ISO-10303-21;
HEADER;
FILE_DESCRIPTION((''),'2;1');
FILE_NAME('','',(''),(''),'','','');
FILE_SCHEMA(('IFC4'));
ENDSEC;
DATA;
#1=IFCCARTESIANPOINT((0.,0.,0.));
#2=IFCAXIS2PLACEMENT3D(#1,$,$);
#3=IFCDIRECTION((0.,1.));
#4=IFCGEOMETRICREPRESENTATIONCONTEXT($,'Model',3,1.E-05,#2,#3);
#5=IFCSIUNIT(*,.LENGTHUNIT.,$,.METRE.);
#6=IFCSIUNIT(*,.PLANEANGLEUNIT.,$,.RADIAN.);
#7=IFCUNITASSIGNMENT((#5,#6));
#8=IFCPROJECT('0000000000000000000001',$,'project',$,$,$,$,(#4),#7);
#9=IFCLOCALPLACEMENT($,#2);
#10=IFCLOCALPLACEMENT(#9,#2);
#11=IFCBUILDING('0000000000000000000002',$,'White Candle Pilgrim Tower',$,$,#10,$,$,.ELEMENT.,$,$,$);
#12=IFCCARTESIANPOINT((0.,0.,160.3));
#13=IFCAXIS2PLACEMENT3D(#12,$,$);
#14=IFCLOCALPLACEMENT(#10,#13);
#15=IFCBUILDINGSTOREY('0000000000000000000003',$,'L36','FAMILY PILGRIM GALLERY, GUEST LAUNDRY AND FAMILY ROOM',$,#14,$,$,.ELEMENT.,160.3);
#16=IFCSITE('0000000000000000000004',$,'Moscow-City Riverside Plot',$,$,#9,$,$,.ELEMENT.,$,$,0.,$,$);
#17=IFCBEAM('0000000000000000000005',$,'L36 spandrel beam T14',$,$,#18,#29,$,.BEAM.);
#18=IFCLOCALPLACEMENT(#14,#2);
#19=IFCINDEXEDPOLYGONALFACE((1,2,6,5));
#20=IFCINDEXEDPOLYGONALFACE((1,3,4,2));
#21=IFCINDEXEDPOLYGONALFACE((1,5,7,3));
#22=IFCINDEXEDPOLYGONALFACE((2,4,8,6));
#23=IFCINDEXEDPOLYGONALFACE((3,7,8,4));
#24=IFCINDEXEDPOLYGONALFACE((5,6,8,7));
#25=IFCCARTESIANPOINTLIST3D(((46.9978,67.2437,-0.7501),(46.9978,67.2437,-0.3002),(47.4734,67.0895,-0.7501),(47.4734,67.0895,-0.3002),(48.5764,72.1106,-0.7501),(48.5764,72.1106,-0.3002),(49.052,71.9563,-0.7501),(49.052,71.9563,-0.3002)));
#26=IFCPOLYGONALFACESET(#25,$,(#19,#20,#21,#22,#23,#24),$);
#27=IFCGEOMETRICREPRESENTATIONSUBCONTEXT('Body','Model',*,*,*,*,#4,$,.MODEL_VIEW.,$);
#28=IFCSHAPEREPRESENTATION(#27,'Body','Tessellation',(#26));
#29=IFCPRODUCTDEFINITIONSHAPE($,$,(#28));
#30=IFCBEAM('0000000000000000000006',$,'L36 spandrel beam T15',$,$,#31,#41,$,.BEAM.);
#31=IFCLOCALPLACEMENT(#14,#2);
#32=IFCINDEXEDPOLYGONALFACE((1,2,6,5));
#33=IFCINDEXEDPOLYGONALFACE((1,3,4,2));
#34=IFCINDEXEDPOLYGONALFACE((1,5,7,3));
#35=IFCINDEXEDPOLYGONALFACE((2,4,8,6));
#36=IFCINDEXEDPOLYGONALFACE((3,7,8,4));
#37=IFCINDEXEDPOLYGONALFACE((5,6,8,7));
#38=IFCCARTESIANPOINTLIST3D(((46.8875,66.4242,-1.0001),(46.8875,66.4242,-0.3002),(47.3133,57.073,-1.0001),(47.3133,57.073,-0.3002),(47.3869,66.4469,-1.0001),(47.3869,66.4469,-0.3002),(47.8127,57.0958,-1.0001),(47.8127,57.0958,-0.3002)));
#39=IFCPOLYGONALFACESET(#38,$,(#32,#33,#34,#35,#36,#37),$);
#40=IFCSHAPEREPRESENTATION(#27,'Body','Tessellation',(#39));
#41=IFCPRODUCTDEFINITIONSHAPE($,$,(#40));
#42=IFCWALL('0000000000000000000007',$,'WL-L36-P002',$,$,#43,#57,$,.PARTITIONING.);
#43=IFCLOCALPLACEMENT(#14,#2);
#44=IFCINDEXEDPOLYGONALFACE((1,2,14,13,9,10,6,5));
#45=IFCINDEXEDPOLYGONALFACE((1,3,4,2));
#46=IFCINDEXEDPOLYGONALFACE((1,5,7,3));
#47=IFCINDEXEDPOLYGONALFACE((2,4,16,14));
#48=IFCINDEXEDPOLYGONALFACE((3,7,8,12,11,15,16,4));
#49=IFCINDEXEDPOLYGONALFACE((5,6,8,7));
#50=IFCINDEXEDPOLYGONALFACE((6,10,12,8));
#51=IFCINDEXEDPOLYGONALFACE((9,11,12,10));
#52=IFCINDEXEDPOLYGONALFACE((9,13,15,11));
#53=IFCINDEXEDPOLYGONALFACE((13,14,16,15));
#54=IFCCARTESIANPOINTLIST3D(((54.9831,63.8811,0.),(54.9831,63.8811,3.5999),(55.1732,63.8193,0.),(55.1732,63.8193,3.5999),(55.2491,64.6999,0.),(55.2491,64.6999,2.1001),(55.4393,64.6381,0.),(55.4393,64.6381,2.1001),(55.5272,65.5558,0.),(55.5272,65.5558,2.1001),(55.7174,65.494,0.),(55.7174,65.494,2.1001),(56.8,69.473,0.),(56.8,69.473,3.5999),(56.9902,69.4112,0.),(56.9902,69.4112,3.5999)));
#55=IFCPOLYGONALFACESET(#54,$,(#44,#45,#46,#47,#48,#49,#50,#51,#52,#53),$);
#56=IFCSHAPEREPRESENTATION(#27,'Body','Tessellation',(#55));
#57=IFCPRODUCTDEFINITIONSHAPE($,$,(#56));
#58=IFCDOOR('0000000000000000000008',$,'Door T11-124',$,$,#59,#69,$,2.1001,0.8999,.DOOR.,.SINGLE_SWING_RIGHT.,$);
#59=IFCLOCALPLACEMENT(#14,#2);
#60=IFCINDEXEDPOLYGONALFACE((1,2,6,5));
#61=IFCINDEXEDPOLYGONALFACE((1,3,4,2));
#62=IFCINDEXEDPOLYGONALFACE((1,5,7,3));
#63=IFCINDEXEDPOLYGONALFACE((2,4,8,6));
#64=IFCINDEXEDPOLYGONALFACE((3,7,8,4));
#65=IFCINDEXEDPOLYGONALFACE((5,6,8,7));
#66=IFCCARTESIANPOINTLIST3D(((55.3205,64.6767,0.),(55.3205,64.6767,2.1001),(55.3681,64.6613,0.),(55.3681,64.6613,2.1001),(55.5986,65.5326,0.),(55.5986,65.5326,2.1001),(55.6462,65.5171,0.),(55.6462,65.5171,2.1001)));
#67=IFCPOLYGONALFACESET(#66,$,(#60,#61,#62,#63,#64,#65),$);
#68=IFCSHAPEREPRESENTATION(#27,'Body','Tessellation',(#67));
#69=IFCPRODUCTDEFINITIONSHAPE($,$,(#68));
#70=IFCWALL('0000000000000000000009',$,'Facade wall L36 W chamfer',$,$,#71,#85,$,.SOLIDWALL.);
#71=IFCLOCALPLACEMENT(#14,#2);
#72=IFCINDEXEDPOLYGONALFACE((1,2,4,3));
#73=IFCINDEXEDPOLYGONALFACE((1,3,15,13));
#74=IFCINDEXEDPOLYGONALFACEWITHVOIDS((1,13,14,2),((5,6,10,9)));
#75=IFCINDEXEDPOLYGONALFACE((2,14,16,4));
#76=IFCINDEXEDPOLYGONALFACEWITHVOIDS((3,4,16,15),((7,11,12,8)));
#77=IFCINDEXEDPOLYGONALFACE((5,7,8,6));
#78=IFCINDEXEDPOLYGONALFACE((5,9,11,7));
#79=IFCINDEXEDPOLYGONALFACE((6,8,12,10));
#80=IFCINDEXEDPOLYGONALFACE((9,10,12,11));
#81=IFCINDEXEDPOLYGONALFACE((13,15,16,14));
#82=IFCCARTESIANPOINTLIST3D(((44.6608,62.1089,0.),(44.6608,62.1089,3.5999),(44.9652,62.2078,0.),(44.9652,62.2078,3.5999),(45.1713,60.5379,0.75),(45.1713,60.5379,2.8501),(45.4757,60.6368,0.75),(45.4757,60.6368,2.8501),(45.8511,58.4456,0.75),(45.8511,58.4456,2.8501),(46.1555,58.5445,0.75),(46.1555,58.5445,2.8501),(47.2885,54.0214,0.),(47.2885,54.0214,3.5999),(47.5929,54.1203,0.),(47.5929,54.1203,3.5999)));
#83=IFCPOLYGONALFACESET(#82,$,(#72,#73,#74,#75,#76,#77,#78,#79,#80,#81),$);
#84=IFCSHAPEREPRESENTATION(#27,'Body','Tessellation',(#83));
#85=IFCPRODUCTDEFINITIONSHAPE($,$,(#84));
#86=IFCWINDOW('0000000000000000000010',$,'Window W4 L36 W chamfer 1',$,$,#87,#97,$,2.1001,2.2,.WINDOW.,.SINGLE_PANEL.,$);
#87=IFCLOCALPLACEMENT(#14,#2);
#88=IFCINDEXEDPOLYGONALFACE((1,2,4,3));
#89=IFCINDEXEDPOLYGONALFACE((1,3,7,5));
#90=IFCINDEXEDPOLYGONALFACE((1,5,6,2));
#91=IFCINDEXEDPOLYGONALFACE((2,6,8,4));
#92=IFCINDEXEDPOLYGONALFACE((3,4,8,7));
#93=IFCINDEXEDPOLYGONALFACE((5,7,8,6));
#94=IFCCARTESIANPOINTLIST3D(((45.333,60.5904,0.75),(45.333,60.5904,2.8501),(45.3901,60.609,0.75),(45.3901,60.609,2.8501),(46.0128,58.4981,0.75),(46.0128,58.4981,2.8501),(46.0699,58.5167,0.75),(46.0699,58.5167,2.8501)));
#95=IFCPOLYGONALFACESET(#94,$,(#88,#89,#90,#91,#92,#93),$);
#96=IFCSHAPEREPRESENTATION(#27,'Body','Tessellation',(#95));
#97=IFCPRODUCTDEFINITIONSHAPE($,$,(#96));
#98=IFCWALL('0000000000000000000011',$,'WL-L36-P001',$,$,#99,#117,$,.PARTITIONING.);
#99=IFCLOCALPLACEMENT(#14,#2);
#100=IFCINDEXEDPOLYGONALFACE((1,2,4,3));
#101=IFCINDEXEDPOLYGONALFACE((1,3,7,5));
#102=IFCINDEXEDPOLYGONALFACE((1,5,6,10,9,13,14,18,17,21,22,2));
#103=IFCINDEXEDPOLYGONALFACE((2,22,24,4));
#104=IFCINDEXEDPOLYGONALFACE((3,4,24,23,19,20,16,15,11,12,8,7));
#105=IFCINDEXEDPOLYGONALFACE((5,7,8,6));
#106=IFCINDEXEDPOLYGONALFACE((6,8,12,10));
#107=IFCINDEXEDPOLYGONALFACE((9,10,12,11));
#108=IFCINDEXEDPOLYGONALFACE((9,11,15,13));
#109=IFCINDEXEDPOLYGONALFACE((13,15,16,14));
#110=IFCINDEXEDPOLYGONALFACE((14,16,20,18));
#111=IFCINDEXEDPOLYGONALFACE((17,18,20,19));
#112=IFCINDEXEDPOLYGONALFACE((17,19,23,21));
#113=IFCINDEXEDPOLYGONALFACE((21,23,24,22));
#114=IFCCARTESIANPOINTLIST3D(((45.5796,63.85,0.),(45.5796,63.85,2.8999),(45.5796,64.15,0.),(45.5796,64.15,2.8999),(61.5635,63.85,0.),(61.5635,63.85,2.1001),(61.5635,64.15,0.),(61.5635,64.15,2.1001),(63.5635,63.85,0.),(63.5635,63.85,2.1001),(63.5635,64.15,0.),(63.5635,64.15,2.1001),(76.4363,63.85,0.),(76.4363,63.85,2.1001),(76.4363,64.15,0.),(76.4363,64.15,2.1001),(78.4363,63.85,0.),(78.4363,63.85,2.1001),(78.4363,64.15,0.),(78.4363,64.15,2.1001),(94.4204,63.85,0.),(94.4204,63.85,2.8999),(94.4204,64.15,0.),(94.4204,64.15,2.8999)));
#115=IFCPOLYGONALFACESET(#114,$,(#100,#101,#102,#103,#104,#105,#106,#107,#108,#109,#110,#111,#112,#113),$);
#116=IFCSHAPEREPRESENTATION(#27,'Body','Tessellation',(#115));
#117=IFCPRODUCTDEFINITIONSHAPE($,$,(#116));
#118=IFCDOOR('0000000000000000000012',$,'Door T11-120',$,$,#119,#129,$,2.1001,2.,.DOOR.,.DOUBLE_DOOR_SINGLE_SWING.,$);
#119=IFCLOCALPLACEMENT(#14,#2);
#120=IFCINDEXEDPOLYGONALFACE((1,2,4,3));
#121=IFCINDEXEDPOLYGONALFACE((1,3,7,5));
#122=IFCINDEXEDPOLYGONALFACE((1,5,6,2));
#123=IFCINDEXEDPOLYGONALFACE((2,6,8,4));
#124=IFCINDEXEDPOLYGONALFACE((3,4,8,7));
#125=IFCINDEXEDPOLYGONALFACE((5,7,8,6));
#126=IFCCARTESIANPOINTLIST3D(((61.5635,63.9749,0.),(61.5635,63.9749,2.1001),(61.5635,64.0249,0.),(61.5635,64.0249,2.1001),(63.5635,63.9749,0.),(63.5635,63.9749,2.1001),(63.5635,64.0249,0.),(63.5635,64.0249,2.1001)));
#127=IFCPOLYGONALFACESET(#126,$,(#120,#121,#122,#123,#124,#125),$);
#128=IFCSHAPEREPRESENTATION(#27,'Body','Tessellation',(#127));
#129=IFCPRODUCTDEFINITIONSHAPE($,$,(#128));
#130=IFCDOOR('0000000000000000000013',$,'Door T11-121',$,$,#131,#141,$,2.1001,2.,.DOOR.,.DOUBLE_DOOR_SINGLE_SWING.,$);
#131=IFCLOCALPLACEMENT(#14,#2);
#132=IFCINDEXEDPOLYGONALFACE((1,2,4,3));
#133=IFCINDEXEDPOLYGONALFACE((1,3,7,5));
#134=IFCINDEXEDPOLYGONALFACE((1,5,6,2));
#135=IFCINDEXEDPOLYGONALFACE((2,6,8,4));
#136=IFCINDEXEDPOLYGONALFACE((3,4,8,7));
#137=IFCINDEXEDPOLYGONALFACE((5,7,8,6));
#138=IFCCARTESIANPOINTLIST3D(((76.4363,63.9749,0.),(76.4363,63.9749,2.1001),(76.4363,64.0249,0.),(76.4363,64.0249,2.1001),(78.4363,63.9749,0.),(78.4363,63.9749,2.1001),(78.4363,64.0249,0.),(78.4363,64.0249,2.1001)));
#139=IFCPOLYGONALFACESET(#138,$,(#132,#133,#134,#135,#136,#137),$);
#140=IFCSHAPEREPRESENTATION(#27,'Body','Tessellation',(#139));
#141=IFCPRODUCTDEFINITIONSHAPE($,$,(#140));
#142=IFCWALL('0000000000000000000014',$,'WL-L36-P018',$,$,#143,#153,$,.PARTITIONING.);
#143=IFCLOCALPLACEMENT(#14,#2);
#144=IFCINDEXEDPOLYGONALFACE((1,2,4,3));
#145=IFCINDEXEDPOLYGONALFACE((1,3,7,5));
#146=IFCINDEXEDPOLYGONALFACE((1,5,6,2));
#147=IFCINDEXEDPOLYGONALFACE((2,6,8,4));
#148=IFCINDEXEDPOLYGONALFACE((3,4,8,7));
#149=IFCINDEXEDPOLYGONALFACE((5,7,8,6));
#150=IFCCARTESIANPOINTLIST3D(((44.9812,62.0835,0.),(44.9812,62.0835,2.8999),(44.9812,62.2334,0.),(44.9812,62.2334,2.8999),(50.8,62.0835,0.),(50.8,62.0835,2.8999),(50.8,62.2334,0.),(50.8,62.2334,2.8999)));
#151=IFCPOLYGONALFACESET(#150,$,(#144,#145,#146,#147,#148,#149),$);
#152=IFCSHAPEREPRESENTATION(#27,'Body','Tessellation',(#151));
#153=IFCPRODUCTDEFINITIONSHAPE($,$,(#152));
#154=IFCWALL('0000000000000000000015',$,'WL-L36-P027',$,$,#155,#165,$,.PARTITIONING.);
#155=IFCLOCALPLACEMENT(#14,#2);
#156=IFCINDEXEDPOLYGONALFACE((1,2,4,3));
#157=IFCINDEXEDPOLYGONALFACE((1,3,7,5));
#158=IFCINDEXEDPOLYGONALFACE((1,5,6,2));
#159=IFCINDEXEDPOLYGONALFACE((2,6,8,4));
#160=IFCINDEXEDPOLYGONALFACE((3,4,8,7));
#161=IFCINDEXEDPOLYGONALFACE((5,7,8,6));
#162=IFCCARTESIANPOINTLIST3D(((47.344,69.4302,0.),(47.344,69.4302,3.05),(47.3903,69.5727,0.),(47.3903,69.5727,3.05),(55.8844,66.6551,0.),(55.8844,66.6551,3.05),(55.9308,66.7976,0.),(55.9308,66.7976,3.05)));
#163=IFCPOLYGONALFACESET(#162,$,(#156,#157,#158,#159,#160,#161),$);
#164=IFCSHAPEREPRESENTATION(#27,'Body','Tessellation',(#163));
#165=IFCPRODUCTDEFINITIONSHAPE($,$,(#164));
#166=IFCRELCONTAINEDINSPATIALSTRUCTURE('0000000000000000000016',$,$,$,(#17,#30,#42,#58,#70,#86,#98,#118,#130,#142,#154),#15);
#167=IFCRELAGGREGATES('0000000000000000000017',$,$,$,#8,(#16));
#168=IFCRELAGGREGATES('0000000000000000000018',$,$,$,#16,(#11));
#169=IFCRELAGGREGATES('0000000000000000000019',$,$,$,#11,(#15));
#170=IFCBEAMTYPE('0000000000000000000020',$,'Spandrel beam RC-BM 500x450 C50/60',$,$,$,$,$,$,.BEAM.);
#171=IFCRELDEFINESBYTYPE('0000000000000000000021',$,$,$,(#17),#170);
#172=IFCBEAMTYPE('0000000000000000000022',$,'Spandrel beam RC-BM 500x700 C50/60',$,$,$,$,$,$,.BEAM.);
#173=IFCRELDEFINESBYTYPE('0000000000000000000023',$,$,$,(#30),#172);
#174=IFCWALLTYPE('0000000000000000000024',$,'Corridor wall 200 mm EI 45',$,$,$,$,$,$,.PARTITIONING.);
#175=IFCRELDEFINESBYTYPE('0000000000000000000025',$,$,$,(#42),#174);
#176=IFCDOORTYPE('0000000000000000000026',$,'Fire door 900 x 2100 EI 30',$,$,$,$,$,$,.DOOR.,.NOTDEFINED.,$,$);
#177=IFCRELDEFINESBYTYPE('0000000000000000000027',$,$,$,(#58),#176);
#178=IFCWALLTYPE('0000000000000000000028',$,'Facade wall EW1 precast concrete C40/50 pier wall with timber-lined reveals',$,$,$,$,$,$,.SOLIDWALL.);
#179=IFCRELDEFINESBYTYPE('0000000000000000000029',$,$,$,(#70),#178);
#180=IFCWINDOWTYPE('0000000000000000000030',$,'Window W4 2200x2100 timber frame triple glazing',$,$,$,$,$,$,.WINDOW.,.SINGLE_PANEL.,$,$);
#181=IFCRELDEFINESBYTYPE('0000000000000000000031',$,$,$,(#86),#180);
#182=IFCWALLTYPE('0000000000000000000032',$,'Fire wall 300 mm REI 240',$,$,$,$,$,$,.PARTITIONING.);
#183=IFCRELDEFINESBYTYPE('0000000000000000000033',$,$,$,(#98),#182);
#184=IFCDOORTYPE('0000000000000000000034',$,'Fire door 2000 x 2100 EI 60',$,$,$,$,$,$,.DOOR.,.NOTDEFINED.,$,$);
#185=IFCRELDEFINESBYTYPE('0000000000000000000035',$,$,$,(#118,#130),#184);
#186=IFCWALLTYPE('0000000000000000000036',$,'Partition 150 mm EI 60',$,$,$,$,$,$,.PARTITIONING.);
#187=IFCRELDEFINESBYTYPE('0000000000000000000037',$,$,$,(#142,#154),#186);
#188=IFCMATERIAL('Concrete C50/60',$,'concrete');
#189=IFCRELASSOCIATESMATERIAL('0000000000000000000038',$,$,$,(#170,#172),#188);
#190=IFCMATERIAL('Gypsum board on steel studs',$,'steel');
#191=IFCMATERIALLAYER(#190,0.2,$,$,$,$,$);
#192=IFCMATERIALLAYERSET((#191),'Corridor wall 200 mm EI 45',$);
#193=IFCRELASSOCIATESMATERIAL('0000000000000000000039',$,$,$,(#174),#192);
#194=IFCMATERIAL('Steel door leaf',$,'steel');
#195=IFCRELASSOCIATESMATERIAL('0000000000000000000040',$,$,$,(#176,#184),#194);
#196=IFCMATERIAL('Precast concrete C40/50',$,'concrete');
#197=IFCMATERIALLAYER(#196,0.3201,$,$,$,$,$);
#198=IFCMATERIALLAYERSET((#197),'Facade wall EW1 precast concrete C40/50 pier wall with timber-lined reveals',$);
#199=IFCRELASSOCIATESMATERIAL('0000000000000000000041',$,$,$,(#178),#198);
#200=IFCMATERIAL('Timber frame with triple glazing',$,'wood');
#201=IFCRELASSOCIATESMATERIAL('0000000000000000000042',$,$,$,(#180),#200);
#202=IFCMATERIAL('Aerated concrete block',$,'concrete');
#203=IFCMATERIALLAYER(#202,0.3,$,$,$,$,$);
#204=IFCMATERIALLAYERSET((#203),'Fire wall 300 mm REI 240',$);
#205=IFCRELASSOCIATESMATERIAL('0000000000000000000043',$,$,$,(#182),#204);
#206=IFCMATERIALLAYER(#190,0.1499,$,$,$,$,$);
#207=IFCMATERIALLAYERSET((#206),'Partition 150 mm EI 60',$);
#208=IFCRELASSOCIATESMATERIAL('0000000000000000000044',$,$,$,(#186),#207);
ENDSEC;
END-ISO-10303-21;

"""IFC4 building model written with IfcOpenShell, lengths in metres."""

from ifc_helpers import new_model, si_unit, direction, frame, frame_2d, origin, origin_2d, place, context, subcontext, project, spatial, rectangle, extrude, material, layer, layer_set, material_profile, profile_set, type_object, element, fill, save


model = new_model("IFC4")

# Units and contexts
model_context = context("Model", 3, precision=1e-05, world=origin(), true_north=direction((0.0, 1.0)))
body_context = subcontext(model_context, "Body", "Model", "MODEL_VIEW")
ifc_project = project(units=[si_unit("LENGTHUNIT", "METRE"), si_unit("PLANEANGLEUNIT", "RADIAN")], contexts=[model_context])

# Site, building, storey
site_placement = place(None, origin())
site = spatial("IfcSite", under=ifc_project, at=site_placement, Name="Moscow-City Riverside Plot", CompositionType="ELEMENT", RefElevation=0.0)
building_placement = place(site_placement, origin())
building = spatial("IfcBuilding", under=site, at=building_placement, Name="White Candle Pilgrim Tower", CompositionType="ELEMENT")
storey_placement = place(building_placement, frame((0.0, 0.0, 160.3)))
storey = spatial("IfcBuildingStorey", under=building, at=storey_placement, Name="L36", Description="FAMILY PILGRIM GALLERY, GUEST LAUNDRY AND FAMILY ROOM", CompositionType="ELEMENT", Elevation=160.3)

# Beams
ifc_material_1 = material(Name="Concrete C50/60", Category="concrete")
ifc_material_profile_1 = material_profile(ifc_material_1, rectangle(XDim=0.5, YDim=0.45, at=origin_2d()), Name="RC-BM 500x450")
ifc_profile_set_1 = profile_set([ifc_material_profile_1], Name="Concrete C50/60")
beam_type_1 = type_object("IfcBeamType", Name="Spandrel beam RC-BM 500x450 C50/60", PredefinedType="BEAM", material=ifc_profile_set_1)
beam_1_placement = place(storey_placement, frame((48.8142, 72.0334, -0.5251), z_axis=(-0.30853, -0.951214, 0.0), x_axis=(0.951214, -0.30853, 0.0)))
element("IfcBeam", 1, at=beam_1_placement, inside=storey, type_object=beam_type_1, Name="L36 spandrel beam T14", PredefinedType="BEAM", context=body_context, shape_type="SweptSolid", body=[
    extrude(rectangle(XDim=0.5, YDim=0.45, at=origin_2d()), origin(), (0.0, 0.0, 1.0), 5.1165),
])
ifc_material_profile_2 = material_profile(ifc_material_1, rectangle(XDim=0.5, YDim=0.7, at=origin_2d()), Name="RC-BM 500x700")
ifc_profile_set_2 = profile_set([ifc_material_profile_2], Name="Concrete C50/60")
beam_type_2 = type_object("IfcBeamType", Name="Spandrel beam RC-BM 500x700 C50/60", PredefinedType="BEAM", material=ifc_profile_set_2)
beam_2_placement = place(storey_placement, frame((47.1372, 66.4355, -0.6501), z_axis=(0.045486, -0.998965, 0.0), x_axis=(0.998965, 0.045486, 0.0)))
element("IfcBeam", 2, at=beam_2_placement, inside=storey, type_object=beam_type_2, Name="L36 spandrel beam T15", PredefinedType="BEAM", context=body_context, shape_type="SweptSolid", body=[
    extrude(rectangle(XDim=0.5, YDim=0.7, at=origin_2d()), origin(), (0.0, 0.0, 1.0), 9.3608),
])

# Wall, opening, door
ifc_material_2 = material(Name="Gypsum board on steel studs", Category="steel")
ifc_layer_1 = layer(ifc_material_2, 0.2)
ifc_layer_set_1 = layer_set([ifc_layer_1], Name="Corridor wall 200 mm EI 45")
wall_type_1 = type_object("IfcWallType", Name="Corridor wall 200 mm EI 45", PredefinedType="PARTITIONING", material=ifc_layer_set_1)
wall_1_placement = place(storey_placement, frame((55.0781, 63.8501, 0.0), z_axis=(0.0, 0.0, 1.0), x_axis=(0.309018, 0.951056, 0.0)))
wall_1 = element("IfcWall", 3, at=wall_1_placement, inside=storey, type_object=wall_type_1, Name="WL-L36-P002", PredefinedType="PARTITIONING", context=body_context, shape_type="SweptSolid", body=[
    extrude(rectangle(XDim=5.8796, YDim=0.2, at=frame_2d((2.9399, 0.0))), origin(), (0.0, 0.0, 1.0), 3.5999),
])
opening_1_placement = place(wall_1_placement, frame((0.8611, 0.0, 0.0)))
opening_1 = element("IfcOpeningElement", 4, at=opening_1_placement, cuts=wall_1, PredefinedType="OPENING", context=body_context, shape_type="SweptSolid", body=[
    extrude(rectangle(XDim=0.8999, YDim=2.1001, at=frame_2d((0.45, 1.05))), frame((0.0, 0.1099, 0.0), z_axis=(0.0, -1.0, 0.0), x_axis=(1.0, 0.0, 0.0)), (0.0, 0.0, 1.0), 0.22),
])
ifc_material_3 = material(Name="Steel door leaf", Category="steel")
door_type_1 = type_object("IfcDoorType", Name="Fire door 900 x 2100 EI 30", OperationType="NOTDEFINED", PredefinedType="DOOR", material=ifc_material_3)
door_1_placement = place(opening_1_placement, origin())
door_1 = element("IfcDoor", 5, at=door_1_placement, inside=storey, type_object=door_type_1, Name="Door T11-124", OperationType="SINGLE_SWING_RIGHT", OverallHeight=2.1001, OverallWidth=0.8999, PredefinedType="DOOR", context=body_context, shape_type="SweptSolid", body=[
    extrude(rectangle(XDim=0.8999, YDim=2.1001, at=frame_2d((0.45, 1.05))), frame((0.0, 0.0249, 0.0), z_axis=(0.0, -1.0, 0.0), x_axis=(1.0, 0.0, 0.0)), (0.0, 0.0, 1.0), 0.05),
])
fill(opening_1, door_1)

# Wall, opening, window
ifc_material_4 = material(Name="Precast concrete C40/50", Category="concrete")
ifc_layer_2 = layer(ifc_material_4, 0.3201)
ifc_layer_set_2 = layer_set([ifc_layer_2], Name="Facade wall EW1 precast concrete C40/50 pier wall with timber-lined reveals")
wall_type_2 = type_object("IfcWallType", Name="Facade wall EW1 precast concrete C40/50 pier wall with timber-lined reveals", PredefinedType="SOLIDWALL", material=ifc_layer_set_2)
wall_2_placement = place(storey_placement, frame((44.813, 62.1584, 0.0), z_axis=(0.0, 0.0, 1.0), x_axis=(0.309009, -0.951059, 0.0)))
wall_2 = element("IfcWall", 6, at=wall_2_placement, inside=storey, type_object=wall_type_2, Name="Facade wall L36 W chamfer", PredefinedType="SOLIDWALL", context=body_context, shape_type="SweptSolid", body=[
    extrude(rectangle(XDim=8.5037, YDim=0.3201, at=frame_2d((4.252, 0.0))), origin(), (0.0, 0.0, 1.0), 3.5999),
])
opening_2_placement = place(wall_2_placement, frame((1.6519, 0.0, 0.75)))
opening_2 = element("IfcOpeningElement", 7, at=opening_2_placement, cuts=wall_2, PredefinedType="OPENING", context=body_context, shape_type="SweptSolid", body=[
    extrude(rectangle(XDim=2.2, YDim=2.1001, at=frame_2d((1.1001, 1.05))), frame((0.0, 0.1699, 0.0), z_axis=(0.0, -1.0, 0.0), x_axis=(1.0, 0.0, 0.0)), (0.0, 0.0, 1.0), 0.3401),
])
ifc_material_5 = material(Name="Timber frame with triple glazing", Category="wood")
window_type = type_object("IfcWindowType", Name="Window W4 2200x2100 timber frame triple glazing", PartitioningType="SINGLE_PANEL", PredefinedType="WINDOW", material=ifc_material_5)
window_placement = place(opening_2_placement, origin())
window = element("IfcWindow", 8, at=window_placement, inside=storey, type_object=window_type, Name="Window W4 L36 W chamfer 1", OverallHeight=2.1001, OverallWidth=2.2, PartitioningType="SINGLE_PANEL", PredefinedType="WINDOW", context=body_context, shape_type="SweptSolid", body=[
    extrude(rectangle(XDim=2.2, YDim=2.1001, at=frame_2d((1.1001, 1.05))), frame((0.0, 0.0701, 0.0), z_axis=(0.0, -1.0, 0.0), x_axis=(1.0, 0.0, 0.0)), (0.0, 0.0, 1.0), 0.0601),
])
fill(opening_2, window)

# Wall, openings, doors
ifc_material_6 = material(Name="Aerated concrete block", Category="concrete")
ifc_layer_3 = layer(ifc_material_6, 0.3)
ifc_layer_set_3 = layer_set([ifc_layer_3], Name="Fire wall 300 mm REI 240")
wall_type_3 = type_object("IfcWallType", Name="Fire wall 300 mm REI 240", PredefinedType="PARTITIONING", material=ifc_layer_set_3)
wall_3_placement = place(storey_placement, frame((45.5796, 64.0, 0.0), z_axis=(0.0, 0.0, 1.0), x_axis=(1.0, 0.0, 0.0)))
wall_3 = element("IfcWall", 9, at=wall_3_placement, inside=storey, type_object=wall_type_3, Name="WL-L36-P001", PredefinedType="PARTITIONING", context=body_context, shape_type="SweptSolid", body=[
    extrude(rectangle(XDim=48.8408, YDim=0.3, at=frame_2d((24.4204, 0.0))), origin(), (0.0, 0.0, 1.0), 2.8999),
])
opening_3_placement = place(wall_3_placement, frame((15.9839, 0.0, 0.0)))
opening_3 = element("IfcOpeningElement", 10, at=opening_3_placement, cuts=wall_3, PredefinedType="OPENING", context=body_context, shape_type="SweptSolid", body=[
    extrude(rectangle(XDim=2.0, YDim=2.1001, at=frame_2d((1.0, 1.05))), frame((0.0, 0.1599, 0.0), z_axis=(0.0, -1.0, 0.0), x_axis=(1.0, 0.0, 0.0)), (0.0, 0.0, 1.0), 0.3201),
])
opening_4_placement = place(wall_3_placement, frame((30.8567, 0.0, 0.0)))
opening_4 = element("IfcOpeningElement", 11, at=opening_4_placement, cuts=wall_3, PredefinedType="OPENING", context=body_context, shape_type="SweptSolid", body=[
    extrude(rectangle(XDim=2.0, YDim=2.1001, at=frame_2d((1.0, 1.05))), frame((0.0, 0.1599, 0.0), z_axis=(0.0, -1.0, 0.0), x_axis=(1.0, 0.0, 0.0)), (0.0, 0.0, 1.0), 0.3201),
])
door_type_2 = type_object("IfcDoorType", Name="Fire door 2000 x 2100 EI 60", OperationType="NOTDEFINED", PredefinedType="DOOR", material=ifc_material_3)
door_2_placement = place(opening_3_placement, origin())
door_2 = element("IfcDoor", 12, at=door_2_placement, inside=storey, type_object=door_type_2, Name="Door T11-120", OperationType="DOUBLE_DOOR_SINGLE_SWING", OverallHeight=2.1001, OverallWidth=2.0, PredefinedType="DOOR", context=body_context, shape_type="SweptSolid", body=[
    extrude(rectangle(XDim=2.0, YDim=2.1001, at=frame_2d((1.0, 1.05))), frame((0.0, 0.0249, 0.0), z_axis=(0.0, -1.0, 0.0), x_axis=(1.0, 0.0, 0.0)), (0.0, 0.0, 1.0), 0.05),
])
fill(opening_3, door_2)
door_3_placement = place(opening_4_placement, origin())
door_3 = element("IfcDoor", 13, at=door_3_placement, inside=storey, type_object=door_type_2, Name="Door T11-121", OperationType="DOUBLE_DOOR_SINGLE_SWING", OverallHeight=2.1001, OverallWidth=2.0, PredefinedType="DOOR", context=body_context, shape_type="SweptSolid", body=[
    extrude(rectangle(XDim=2.0, YDim=2.1001, at=frame_2d((1.0, 1.05))), frame((0.0, 0.0249, 0.0), z_axis=(0.0, -1.0, 0.0), x_axis=(1.0, 0.0, 0.0)), (0.0, 0.0, 1.0), 0.05),
])
fill(opening_4, door_3)

# Walls
ifc_layer_4 = layer(ifc_material_2, 0.1499)
ifc_layer_set_4 = layer_set([ifc_layer_4], Name="Partition 150 mm EI 60")
wall_type_4 = type_object("IfcWallType", Name="Partition 150 mm EI 60", PredefinedType="PARTITIONING", material=ifc_layer_set_4)
wall_4_placement = place(storey_placement, frame((44.9812, 62.1584, 0.0), z_axis=(0.0, 0.0, 1.0), x_axis=(1.0, 0.0, 0.0)))
element("IfcWall", 14, at=wall_4_placement, inside=storey, type_object=wall_type_4, Name="WL-L36-P018", PredefinedType="PARTITIONING", context=body_context, shape_type="SweptSolid", body=[
    extrude(rectangle(XDim=5.8188, YDim=0.1499, at=frame_2d((2.9094, 0.0))), origin(), (0.0, 0.0, 1.0), 2.8999),
])
wall_5_placement = place(storey_placement, frame((47.3672, 69.5015, 0.0), z_axis=(0.0, 0.0, 1.0), x_axis=(0.951051, -0.309033, 0.0)))
element("IfcWall", 15, at=wall_5_placement, inside=storey, type_object=wall_type_4, Name="WL-L36-P027", PredefinedType="PARTITIONING", context=body_context, shape_type="SweptSolid", body=[
    extrude(rectangle(XDim=8.98, YDim=0.1499, at=frame_2d((4.49, 0.0))), origin(), (0.0, 0.0, 1.0), 3.05),
])

save(model, "model.ifc")
